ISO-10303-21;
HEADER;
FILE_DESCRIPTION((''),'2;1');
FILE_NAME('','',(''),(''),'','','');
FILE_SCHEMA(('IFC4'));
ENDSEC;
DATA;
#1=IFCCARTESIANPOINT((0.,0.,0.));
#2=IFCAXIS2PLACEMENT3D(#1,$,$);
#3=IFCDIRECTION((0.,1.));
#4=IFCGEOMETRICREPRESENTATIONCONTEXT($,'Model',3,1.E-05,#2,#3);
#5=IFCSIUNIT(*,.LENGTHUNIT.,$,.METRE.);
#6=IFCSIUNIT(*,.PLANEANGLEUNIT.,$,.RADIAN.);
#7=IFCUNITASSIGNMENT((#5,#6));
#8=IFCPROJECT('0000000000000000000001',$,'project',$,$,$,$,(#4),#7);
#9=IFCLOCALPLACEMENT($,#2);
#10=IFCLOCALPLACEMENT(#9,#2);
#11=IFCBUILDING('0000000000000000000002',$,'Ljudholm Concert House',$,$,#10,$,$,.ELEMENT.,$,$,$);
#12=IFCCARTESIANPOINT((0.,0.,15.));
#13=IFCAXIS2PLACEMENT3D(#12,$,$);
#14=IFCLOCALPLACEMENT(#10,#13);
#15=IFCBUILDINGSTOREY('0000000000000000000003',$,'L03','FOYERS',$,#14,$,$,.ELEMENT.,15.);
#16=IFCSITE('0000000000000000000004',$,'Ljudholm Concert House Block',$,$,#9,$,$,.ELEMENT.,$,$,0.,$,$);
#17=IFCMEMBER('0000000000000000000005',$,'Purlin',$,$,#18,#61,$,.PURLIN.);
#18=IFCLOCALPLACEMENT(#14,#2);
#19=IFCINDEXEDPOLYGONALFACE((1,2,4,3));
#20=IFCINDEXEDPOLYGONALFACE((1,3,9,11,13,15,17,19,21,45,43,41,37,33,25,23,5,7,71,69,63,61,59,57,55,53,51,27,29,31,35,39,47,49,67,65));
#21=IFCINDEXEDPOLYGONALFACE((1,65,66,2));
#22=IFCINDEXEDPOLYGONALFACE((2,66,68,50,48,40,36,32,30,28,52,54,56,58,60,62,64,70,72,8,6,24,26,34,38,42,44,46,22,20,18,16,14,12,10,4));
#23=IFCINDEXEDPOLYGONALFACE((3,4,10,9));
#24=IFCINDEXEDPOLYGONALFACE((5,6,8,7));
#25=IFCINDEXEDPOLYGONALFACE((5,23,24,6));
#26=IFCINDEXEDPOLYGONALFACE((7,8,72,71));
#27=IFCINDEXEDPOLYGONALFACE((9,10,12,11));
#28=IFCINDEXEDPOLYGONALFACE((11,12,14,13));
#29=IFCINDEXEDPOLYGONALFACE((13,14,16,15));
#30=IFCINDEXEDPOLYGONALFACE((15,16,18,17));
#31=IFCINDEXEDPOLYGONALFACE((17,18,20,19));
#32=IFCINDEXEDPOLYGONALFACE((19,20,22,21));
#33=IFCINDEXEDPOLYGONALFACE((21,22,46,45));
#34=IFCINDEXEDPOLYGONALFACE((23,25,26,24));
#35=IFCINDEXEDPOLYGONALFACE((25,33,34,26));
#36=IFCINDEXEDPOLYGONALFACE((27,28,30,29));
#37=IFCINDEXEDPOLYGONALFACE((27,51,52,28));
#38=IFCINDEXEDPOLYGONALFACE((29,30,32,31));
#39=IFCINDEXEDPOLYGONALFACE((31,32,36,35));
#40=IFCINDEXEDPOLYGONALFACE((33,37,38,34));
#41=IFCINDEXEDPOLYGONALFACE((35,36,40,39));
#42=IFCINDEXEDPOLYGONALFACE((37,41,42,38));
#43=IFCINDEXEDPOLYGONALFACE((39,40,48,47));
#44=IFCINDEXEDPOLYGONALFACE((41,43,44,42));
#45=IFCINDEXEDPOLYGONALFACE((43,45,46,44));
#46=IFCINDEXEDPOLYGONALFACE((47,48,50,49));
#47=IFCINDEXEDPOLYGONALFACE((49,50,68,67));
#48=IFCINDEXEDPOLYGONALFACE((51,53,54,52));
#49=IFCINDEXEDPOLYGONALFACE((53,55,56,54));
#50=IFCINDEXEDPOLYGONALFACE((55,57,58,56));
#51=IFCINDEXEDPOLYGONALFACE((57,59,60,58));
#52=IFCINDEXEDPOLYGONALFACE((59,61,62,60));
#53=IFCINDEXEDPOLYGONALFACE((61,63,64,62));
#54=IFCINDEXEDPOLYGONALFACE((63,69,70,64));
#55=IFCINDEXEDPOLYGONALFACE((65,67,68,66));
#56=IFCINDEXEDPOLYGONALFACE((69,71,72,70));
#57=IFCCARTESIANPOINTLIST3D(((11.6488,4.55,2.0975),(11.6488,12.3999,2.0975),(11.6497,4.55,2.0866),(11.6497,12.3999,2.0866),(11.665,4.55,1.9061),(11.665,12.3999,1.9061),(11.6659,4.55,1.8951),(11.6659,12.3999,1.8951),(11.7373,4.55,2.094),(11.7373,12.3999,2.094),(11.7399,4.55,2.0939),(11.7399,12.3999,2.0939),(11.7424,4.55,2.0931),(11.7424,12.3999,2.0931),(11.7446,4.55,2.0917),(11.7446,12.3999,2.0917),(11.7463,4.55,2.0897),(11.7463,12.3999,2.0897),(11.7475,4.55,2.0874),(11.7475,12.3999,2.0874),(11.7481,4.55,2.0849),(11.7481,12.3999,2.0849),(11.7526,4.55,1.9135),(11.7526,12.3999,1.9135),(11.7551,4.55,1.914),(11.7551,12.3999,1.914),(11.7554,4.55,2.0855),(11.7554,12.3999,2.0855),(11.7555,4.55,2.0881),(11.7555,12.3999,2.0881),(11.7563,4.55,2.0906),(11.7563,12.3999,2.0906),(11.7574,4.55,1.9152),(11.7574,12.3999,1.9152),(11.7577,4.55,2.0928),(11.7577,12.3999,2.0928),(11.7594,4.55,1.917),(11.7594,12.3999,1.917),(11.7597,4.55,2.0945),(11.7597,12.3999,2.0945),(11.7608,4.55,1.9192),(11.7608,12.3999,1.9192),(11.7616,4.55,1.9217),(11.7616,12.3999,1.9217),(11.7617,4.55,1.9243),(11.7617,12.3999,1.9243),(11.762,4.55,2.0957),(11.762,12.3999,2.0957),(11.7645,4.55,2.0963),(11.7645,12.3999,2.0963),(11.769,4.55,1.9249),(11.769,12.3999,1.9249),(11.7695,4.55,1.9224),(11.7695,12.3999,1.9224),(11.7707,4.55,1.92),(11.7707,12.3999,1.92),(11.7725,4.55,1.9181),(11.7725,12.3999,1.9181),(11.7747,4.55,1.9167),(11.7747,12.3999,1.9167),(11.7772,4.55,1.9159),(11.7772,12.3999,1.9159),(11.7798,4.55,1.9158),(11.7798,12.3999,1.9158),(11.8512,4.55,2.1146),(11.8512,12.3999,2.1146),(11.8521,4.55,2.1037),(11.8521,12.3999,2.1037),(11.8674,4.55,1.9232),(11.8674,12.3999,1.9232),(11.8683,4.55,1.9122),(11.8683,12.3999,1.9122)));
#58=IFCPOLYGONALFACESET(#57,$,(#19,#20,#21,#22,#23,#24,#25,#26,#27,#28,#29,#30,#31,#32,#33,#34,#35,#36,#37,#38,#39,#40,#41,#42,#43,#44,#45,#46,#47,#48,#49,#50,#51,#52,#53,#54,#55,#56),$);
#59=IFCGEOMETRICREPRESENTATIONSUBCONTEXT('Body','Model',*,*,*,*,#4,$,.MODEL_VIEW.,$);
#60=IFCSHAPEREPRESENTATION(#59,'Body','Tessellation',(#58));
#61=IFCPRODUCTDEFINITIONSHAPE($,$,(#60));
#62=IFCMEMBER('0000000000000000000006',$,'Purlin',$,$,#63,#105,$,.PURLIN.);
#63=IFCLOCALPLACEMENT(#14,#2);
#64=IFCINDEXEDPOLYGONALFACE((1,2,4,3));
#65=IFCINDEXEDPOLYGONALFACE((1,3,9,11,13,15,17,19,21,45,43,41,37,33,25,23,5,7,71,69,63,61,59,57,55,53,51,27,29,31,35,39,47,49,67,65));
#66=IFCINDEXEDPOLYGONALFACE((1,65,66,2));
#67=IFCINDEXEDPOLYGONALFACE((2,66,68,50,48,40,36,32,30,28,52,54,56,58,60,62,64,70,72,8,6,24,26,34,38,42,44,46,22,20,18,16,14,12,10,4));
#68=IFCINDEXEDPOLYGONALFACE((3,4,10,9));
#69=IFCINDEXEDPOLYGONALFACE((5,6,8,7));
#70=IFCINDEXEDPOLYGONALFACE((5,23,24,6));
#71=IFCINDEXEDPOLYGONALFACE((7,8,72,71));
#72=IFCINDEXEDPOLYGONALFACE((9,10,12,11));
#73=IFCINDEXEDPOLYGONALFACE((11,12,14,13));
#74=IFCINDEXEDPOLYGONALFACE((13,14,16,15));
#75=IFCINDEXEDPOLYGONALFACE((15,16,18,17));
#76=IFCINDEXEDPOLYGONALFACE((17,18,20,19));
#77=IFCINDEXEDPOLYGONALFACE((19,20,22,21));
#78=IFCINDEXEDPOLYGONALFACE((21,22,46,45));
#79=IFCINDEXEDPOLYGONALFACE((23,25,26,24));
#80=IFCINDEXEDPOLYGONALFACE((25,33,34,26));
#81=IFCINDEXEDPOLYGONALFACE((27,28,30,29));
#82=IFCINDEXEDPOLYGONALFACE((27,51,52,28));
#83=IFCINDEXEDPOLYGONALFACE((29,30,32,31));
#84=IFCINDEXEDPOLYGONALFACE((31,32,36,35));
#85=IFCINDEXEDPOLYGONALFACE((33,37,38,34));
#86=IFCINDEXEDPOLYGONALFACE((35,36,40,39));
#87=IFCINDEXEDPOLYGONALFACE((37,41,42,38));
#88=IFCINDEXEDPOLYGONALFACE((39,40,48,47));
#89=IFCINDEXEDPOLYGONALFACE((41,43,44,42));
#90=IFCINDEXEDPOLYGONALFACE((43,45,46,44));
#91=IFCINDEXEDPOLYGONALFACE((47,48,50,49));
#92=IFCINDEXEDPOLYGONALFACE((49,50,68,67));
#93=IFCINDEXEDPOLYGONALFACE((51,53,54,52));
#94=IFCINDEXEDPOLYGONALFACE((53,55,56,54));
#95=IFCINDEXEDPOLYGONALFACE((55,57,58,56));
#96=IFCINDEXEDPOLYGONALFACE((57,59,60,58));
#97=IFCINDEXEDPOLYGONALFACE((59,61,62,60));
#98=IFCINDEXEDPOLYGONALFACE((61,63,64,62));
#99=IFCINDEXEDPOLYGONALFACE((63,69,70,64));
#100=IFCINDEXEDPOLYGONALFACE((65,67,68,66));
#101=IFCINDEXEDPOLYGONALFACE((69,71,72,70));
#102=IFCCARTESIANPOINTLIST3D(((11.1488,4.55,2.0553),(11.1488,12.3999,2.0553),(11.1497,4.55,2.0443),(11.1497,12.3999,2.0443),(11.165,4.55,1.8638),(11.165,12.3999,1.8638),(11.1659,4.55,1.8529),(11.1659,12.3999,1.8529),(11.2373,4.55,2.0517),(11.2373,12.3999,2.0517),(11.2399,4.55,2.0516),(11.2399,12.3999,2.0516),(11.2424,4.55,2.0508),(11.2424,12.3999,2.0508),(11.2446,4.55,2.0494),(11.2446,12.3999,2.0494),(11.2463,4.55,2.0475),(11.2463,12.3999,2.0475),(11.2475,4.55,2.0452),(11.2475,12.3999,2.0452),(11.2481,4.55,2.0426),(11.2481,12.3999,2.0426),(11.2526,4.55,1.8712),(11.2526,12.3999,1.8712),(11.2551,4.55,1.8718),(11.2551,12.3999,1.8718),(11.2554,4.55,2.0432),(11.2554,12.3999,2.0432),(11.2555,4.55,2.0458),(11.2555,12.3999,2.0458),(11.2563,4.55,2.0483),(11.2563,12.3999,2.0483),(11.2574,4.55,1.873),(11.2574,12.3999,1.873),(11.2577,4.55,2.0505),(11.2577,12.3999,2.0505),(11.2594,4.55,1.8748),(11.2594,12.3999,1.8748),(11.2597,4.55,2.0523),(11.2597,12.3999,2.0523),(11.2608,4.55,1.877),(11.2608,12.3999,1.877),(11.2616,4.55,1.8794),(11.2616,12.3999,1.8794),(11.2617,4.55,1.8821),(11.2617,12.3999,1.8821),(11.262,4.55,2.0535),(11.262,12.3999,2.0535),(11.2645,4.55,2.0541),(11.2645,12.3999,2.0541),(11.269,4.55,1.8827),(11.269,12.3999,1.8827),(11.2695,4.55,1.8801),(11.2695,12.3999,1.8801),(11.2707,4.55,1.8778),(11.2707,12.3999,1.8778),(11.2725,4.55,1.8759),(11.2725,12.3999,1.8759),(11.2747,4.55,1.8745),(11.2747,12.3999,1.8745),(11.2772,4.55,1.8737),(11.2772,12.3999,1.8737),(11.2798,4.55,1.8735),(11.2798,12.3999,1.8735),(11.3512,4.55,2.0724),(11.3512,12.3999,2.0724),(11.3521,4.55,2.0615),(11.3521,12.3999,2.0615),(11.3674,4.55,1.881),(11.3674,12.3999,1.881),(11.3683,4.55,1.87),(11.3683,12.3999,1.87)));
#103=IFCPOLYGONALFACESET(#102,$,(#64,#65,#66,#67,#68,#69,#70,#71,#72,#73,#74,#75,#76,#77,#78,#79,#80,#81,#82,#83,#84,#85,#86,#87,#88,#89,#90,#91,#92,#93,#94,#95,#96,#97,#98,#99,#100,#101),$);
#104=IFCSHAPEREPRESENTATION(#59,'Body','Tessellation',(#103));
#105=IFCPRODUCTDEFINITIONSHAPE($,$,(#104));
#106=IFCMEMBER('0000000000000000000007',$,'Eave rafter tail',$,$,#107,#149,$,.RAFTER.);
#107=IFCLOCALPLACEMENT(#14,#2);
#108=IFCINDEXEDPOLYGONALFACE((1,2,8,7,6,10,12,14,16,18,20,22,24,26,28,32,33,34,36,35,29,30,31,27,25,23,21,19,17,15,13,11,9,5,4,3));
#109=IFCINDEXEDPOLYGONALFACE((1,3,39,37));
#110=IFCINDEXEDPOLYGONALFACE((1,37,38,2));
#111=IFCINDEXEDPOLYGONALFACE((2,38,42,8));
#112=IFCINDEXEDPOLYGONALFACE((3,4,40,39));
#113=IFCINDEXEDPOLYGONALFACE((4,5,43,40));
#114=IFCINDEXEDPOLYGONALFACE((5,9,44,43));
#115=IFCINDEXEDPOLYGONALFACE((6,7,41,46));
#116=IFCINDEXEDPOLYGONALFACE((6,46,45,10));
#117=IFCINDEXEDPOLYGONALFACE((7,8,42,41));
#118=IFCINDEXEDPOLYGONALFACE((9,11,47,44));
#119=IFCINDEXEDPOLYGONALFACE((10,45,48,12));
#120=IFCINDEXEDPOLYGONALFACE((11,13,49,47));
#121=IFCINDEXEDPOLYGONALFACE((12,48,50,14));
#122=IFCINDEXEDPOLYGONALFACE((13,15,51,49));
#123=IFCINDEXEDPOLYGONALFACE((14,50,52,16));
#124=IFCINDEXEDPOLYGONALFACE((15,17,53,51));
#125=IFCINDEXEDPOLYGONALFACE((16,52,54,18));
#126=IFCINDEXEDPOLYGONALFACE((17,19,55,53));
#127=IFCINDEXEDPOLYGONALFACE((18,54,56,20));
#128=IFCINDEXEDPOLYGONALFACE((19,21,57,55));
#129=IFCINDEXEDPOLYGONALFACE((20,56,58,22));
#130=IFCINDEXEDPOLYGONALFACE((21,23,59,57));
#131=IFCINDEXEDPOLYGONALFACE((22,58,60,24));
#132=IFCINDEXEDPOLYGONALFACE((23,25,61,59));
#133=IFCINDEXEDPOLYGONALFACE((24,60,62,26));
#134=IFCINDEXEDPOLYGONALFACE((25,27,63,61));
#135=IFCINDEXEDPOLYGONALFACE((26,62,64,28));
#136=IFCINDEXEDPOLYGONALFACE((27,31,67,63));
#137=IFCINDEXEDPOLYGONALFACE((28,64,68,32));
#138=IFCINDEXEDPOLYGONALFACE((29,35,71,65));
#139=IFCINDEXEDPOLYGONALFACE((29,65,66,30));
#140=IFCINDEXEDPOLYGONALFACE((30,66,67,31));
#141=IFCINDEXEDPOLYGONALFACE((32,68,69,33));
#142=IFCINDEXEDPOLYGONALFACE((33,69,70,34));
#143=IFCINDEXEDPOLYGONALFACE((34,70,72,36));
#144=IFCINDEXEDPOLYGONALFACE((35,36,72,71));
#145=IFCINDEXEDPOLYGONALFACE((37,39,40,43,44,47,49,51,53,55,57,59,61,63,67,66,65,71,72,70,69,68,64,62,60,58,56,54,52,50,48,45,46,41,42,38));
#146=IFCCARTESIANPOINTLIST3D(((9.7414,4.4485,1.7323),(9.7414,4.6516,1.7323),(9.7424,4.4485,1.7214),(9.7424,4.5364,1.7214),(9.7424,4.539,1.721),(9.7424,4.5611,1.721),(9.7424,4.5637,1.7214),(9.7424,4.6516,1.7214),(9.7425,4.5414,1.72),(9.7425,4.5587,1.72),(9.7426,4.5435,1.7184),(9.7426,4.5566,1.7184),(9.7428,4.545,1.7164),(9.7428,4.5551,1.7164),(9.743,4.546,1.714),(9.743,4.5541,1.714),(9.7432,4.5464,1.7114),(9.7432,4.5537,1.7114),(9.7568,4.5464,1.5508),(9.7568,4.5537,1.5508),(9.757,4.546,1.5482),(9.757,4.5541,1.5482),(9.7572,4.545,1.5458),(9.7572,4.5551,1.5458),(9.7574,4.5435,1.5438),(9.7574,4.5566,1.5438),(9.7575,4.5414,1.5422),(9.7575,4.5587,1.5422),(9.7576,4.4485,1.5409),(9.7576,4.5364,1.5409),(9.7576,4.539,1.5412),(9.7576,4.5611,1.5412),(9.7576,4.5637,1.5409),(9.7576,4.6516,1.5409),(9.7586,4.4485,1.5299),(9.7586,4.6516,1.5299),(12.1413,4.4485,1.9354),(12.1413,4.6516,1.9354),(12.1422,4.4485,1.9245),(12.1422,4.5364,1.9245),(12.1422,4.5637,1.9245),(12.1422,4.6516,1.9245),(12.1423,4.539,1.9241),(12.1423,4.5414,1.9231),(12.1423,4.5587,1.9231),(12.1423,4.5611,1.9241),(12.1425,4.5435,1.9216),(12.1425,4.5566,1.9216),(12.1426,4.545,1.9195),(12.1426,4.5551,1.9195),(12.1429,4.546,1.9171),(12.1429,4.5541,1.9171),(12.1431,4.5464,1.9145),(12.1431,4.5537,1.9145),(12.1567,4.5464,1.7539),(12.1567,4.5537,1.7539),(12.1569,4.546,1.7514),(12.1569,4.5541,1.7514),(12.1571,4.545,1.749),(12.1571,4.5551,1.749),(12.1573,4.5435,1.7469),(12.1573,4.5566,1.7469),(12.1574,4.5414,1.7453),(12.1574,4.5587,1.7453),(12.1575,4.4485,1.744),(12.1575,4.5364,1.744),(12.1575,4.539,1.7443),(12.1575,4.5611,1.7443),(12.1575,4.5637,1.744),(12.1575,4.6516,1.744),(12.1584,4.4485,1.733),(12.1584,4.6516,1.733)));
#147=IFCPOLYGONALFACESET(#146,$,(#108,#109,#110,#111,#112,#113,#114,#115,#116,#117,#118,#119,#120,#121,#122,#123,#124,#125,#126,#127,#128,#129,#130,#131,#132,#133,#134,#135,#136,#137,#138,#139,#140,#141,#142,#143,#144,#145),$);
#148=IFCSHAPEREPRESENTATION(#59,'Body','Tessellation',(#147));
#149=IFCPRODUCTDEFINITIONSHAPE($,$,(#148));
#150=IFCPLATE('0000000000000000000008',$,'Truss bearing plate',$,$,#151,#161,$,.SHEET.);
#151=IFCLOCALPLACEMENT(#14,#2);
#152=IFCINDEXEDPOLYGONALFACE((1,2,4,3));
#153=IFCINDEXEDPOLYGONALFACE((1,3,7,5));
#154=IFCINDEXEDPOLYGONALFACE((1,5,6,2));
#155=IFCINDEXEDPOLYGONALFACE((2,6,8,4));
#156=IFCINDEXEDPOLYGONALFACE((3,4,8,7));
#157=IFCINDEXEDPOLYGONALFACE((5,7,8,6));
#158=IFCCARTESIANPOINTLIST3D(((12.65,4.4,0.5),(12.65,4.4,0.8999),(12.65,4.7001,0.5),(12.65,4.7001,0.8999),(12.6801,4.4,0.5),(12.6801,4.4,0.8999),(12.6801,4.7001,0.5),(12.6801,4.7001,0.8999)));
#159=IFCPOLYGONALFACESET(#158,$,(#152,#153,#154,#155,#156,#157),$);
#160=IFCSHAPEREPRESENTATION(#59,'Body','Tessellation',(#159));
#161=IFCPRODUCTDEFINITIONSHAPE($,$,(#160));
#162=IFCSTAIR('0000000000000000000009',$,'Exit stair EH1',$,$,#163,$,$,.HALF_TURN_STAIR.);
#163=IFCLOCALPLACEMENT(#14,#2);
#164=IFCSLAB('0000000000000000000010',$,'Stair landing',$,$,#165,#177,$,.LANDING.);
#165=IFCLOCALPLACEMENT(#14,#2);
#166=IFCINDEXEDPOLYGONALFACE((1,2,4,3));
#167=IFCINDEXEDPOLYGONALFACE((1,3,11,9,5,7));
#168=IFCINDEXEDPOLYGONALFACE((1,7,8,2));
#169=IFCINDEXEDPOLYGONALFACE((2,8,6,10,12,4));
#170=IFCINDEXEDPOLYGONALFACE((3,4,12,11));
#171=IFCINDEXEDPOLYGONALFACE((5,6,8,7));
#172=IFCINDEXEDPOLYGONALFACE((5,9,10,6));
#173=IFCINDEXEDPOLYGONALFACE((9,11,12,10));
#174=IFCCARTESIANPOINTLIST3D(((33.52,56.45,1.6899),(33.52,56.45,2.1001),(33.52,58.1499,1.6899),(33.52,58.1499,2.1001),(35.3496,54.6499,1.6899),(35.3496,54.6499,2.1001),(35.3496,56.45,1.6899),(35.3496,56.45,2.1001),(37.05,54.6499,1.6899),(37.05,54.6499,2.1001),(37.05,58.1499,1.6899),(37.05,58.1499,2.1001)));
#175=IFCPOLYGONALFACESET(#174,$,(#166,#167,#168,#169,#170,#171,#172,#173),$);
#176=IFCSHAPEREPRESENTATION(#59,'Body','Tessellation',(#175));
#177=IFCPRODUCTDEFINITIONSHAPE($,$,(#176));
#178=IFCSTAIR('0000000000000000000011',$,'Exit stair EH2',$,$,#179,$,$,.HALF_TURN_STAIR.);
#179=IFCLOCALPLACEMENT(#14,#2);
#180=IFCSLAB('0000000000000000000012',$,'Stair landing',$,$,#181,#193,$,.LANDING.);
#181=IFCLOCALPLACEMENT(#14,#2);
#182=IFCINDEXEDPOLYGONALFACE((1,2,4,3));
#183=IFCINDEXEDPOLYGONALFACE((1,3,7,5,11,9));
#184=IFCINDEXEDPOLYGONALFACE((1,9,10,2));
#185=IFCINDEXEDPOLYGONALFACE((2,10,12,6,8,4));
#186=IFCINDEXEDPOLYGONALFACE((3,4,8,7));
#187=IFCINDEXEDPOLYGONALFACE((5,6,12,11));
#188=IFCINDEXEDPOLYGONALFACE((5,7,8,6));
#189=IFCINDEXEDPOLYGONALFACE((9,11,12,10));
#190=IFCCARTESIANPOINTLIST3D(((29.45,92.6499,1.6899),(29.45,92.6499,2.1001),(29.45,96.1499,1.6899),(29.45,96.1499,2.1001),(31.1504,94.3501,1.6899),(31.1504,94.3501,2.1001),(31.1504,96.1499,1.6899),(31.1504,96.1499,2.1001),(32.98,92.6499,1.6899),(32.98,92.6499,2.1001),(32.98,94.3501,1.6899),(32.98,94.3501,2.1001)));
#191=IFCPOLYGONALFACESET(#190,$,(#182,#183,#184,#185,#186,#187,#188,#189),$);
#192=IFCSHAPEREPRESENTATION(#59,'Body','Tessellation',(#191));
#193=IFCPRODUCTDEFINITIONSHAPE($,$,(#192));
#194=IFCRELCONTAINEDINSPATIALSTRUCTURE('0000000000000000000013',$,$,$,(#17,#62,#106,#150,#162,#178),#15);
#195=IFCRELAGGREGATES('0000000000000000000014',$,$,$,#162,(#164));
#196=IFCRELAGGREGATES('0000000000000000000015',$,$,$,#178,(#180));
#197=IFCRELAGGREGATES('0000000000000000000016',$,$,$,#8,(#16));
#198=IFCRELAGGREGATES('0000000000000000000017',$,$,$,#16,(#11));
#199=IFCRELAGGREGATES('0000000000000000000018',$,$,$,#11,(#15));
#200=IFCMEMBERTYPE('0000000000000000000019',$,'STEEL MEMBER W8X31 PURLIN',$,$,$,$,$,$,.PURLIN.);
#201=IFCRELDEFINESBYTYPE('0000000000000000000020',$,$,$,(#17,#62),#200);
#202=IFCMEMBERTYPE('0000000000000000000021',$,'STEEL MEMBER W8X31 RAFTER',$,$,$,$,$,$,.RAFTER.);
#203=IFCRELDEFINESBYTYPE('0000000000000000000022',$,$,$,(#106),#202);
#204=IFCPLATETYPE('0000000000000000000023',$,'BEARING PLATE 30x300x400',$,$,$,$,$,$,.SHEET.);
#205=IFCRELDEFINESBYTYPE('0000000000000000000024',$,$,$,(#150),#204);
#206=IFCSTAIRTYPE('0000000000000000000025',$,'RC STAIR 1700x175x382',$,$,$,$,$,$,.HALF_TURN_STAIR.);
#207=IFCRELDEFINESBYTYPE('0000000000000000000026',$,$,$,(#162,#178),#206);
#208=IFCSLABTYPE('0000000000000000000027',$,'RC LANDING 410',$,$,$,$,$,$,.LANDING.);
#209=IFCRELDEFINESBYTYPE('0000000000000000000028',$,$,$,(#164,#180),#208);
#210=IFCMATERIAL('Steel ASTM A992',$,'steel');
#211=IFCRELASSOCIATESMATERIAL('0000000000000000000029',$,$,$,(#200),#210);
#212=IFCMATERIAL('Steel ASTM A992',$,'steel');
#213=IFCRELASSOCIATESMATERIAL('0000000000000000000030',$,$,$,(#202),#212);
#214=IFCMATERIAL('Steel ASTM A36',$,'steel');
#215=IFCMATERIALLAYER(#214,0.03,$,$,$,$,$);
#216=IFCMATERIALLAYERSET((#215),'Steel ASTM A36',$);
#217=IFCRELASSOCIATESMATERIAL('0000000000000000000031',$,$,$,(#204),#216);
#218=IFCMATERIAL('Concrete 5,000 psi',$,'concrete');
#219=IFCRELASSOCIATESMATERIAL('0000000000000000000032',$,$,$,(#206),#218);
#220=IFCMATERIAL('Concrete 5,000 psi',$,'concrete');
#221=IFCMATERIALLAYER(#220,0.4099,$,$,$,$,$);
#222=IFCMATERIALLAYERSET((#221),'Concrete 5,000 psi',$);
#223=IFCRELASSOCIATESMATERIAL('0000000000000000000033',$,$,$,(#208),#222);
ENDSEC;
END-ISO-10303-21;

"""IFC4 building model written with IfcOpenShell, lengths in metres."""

from ifc_helpers import new_model, si_unit, direction, frame, origin, origin_2d, place, context, subcontext, project, spatial, polyline, rectangle, i_section, outline, extrude, material, layer, layer_set, material_profile, profile_set, type_object, element, aggregate, save


model = new_model("IFC4")

# Units and contexts
model_context = context("Model", 3, precision=1e-05, world=origin(), true_north=direction((0.0, 1.0)))
body_context = subcontext(model_context, "Body", "Model", "MODEL_VIEW")
ifc_project = project(units=[si_unit("LENGTHUNIT", "METRE"), si_unit("PLANEANGLEUNIT", "RADIAN")], contexts=[model_context])

# Site, building, storey
site_placement = place(None, origin())
site = spatial("IfcSite", under=ifc_project, at=site_placement, Name="Ljudholm Concert House Block", CompositionType="ELEMENT", RefElevation=0.0)
building_placement = place(site_placement, origin())
building = spatial("IfcBuilding", under=site, at=building_placement, Name="Ljudholm Concert House", CompositionType="ELEMENT")
storey_placement = place(building_placement, frame((0.0, 0.0, 15.0)))
storey = spatial("IfcBuildingStorey", under=building, at=storey_placement, Name="L03", Description="FOYERS", CompositionType="ELEMENT", Elevation=15.0)

# Members
ifc_material_1 = material(Name="Steel ASTM A992", Category="steel")
ifc_material_profile_1 = material_profile(ifc_material_1, i_section(OverallWidth=0.2031, OverallDepth=0.2031, WebThickness=0.0073, FlangeThickness=0.011, FilletRadius=0.01, at=origin_2d()), Name="W8X31")
ifc_profile_set_1 = profile_set([ifc_material_profile_1], Name="Steel ASTM A992")
member_type_1 = type_object("IfcMemberType", Name="STEEL MEMBER W8X31 PURLIN", PredefinedType="PURLIN", material=ifc_profile_set_1)
for number, where, z_axis, x_axis, name in (
    (1, (11.7585, 4.55, 2.0049), (0.0, 1.0, 0.0), (-0.996441, 0.0, -0.084291), "Purlin"),
    (2, (11.2585, 4.55, 1.9626), (0.0, 1.0, 0.0), (-0.996441, 0.0, -0.084291), "Purlin"),
):
    element("IfcMember", number, at=place(storey_placement, frame(where, z_axis=z_axis, x_axis=x_axis)), inside=storey, type_object=member_type_1, Name=name, PredefinedType="PURLIN", context=body_context, shape_type="SweptSolid", body=[
        extrude(i_section(OverallWidth=0.2031, OverallDepth=0.2031, WebThickness=0.0073, FlangeThickness=0.011, FilletRadius=0.01, at=origin_2d()), origin(), (0.0, 0.0, 1.0), 7.8499),
    ])
ifc_material_2 = material(Name="Steel ASTM A992", Category="steel")
ifc_material_profile_2 = material_profile(ifc_material_2, i_section(OverallWidth=0.2031, OverallDepth=0.2031, WebThickness=0.0073, FlangeThickness=0.011, FilletRadius=0.01, at=origin_2d()), Name="W8X31")
ifc_profile_set_2 = profile_set([ifc_material_profile_2], Name="Steel ASTM A992")
member_type_2 = type_object("IfcMemberType", Name="STEEL MEMBER W8X31 RAFTER", PredefinedType="RAFTER", material=ifc_profile_set_2)
member_1_placement = place(storey_placement, frame((9.75, 4.55, 1.6311), z_axis=(0.996437, 0.0, 0.084337), x_axis=(0.0, 1.0, 0.0)))
element("IfcMember", 3, at=member_1_placement, inside=storey, type_object=member_type_2, Name="Eave rafter tail", PredefinedType="RAFTER", context=body_context, shape_type="SweptSolid", body=[
    extrude(i_section(OverallWidth=0.2031, OverallDepth=0.2031, WebThickness=0.0073, FlangeThickness=0.011, FilletRadius=0.01, at=origin_2d()), origin(), (0.0, 0.0, 1.0), 2.4084),
])

# Plate
ifc_material_3 = material(Name="Steel ASTM A36", Category="steel")
ifc_layer_1 = layer(ifc_material_3, 0.03)
ifc_layer_set_1 = layer_set([ifc_layer_1], Name="Steel ASTM A36")
plate_type = type_object("IfcPlateType", Name="BEARING PLATE 30x300x400", PredefinedType="SHEET", material=ifc_layer_set_1)
plate_placement = place(storey_placement, frame((12.665, 4.55, 0.5), z_axis=(0.0, 0.0, 1.0), x_axis=(1.0, 0.0, 0.0)))
element("IfcPlate", 4, at=plate_placement, inside=storey, type_object=plate_type, Name="Truss bearing plate", PredefinedType="SHEET", context=body_context, shape_type="SweptSolid", body=[
    extrude(rectangle(XDim=0.03, YDim=0.3, at=origin_2d()), origin(), (0.0, 0.0, 1.0), 0.3999),
])

# Stairs, slabs
ifc_material_4 = material(Name="Concrete 5,000 psi", Category="concrete")
stair_type = type_object("IfcStairType", Name="RC STAIR 1700x175x382", PredefinedType="HALF_TURN_STAIR", material=ifc_material_4)
stair_1_placement = place(storey_placement, origin())
stair_1 = element("IfcStair", 5, at=stair_1_placement, inside=storey, type_object=stair_type, Name="Exit stair EH1", PredefinedType="HALF_TURN_STAIR")
ifc_material_5 = material(Name="Concrete 5,000 psi", Category="concrete")
ifc_layer_2 = layer(ifc_material_5, 0.4099)
ifc_layer_set_2 = layer_set([ifc_layer_2], Name="Concrete 5,000 psi")
slab_type_1 = type_object("IfcSlabType", Name="RC LANDING 410", PredefinedType="LANDING", material=ifc_layer_set_2)
slab_1_placement = place(storey_placement, frame((0.0, 0.0, 1.6899)))
slab_1 = element("IfcSlab", 6, at=slab_1_placement, type_object=slab_type_1, Name="Stair landing", PredefinedType="LANDING", context=body_context, shape_type="SweptSolid", body=[
    extrude(outline(polyline([(33.52, 58.1499), (33.52, 56.45), (35.3496, 56.45), (35.3496, 54.6499), (37.05, 54.6499), (37.05, 58.1499), (33.52, 58.1499)])), origin(), (0.0, 0.0, 1.0), 0.4102),
])
aggregate(stair_1, [slab_1])
stair_2_placement = place(storey_placement, origin())
stair_2 = element("IfcStair", 7, at=stair_2_placement, inside=storey, type_object=stair_type, Name="Exit stair EH2", PredefinedType="HALF_TURN_STAIR")
slab_2_placement = place(storey_placement, frame((0.0, 0.0, 1.6899)))
slab_2 = element("IfcSlab", 8, at=slab_2_placement, type_object=slab_type_1, Name="Stair landing", PredefinedType="LANDING", context=body_context, shape_type="SweptSolid", body=[
    extrude(outline(polyline([(32.98, 92.6499), (32.98, 94.3501), (31.1504, 94.3501), (31.1504, 96.1499), (29.45, 96.1499), (29.45, 92.6499), (32.98, 92.6499)])), origin(), (0.0, 0.0, 1.0), 0.4102),
])
aggregate(stair_2, [slab_2])

save(model, "model.ifc")
